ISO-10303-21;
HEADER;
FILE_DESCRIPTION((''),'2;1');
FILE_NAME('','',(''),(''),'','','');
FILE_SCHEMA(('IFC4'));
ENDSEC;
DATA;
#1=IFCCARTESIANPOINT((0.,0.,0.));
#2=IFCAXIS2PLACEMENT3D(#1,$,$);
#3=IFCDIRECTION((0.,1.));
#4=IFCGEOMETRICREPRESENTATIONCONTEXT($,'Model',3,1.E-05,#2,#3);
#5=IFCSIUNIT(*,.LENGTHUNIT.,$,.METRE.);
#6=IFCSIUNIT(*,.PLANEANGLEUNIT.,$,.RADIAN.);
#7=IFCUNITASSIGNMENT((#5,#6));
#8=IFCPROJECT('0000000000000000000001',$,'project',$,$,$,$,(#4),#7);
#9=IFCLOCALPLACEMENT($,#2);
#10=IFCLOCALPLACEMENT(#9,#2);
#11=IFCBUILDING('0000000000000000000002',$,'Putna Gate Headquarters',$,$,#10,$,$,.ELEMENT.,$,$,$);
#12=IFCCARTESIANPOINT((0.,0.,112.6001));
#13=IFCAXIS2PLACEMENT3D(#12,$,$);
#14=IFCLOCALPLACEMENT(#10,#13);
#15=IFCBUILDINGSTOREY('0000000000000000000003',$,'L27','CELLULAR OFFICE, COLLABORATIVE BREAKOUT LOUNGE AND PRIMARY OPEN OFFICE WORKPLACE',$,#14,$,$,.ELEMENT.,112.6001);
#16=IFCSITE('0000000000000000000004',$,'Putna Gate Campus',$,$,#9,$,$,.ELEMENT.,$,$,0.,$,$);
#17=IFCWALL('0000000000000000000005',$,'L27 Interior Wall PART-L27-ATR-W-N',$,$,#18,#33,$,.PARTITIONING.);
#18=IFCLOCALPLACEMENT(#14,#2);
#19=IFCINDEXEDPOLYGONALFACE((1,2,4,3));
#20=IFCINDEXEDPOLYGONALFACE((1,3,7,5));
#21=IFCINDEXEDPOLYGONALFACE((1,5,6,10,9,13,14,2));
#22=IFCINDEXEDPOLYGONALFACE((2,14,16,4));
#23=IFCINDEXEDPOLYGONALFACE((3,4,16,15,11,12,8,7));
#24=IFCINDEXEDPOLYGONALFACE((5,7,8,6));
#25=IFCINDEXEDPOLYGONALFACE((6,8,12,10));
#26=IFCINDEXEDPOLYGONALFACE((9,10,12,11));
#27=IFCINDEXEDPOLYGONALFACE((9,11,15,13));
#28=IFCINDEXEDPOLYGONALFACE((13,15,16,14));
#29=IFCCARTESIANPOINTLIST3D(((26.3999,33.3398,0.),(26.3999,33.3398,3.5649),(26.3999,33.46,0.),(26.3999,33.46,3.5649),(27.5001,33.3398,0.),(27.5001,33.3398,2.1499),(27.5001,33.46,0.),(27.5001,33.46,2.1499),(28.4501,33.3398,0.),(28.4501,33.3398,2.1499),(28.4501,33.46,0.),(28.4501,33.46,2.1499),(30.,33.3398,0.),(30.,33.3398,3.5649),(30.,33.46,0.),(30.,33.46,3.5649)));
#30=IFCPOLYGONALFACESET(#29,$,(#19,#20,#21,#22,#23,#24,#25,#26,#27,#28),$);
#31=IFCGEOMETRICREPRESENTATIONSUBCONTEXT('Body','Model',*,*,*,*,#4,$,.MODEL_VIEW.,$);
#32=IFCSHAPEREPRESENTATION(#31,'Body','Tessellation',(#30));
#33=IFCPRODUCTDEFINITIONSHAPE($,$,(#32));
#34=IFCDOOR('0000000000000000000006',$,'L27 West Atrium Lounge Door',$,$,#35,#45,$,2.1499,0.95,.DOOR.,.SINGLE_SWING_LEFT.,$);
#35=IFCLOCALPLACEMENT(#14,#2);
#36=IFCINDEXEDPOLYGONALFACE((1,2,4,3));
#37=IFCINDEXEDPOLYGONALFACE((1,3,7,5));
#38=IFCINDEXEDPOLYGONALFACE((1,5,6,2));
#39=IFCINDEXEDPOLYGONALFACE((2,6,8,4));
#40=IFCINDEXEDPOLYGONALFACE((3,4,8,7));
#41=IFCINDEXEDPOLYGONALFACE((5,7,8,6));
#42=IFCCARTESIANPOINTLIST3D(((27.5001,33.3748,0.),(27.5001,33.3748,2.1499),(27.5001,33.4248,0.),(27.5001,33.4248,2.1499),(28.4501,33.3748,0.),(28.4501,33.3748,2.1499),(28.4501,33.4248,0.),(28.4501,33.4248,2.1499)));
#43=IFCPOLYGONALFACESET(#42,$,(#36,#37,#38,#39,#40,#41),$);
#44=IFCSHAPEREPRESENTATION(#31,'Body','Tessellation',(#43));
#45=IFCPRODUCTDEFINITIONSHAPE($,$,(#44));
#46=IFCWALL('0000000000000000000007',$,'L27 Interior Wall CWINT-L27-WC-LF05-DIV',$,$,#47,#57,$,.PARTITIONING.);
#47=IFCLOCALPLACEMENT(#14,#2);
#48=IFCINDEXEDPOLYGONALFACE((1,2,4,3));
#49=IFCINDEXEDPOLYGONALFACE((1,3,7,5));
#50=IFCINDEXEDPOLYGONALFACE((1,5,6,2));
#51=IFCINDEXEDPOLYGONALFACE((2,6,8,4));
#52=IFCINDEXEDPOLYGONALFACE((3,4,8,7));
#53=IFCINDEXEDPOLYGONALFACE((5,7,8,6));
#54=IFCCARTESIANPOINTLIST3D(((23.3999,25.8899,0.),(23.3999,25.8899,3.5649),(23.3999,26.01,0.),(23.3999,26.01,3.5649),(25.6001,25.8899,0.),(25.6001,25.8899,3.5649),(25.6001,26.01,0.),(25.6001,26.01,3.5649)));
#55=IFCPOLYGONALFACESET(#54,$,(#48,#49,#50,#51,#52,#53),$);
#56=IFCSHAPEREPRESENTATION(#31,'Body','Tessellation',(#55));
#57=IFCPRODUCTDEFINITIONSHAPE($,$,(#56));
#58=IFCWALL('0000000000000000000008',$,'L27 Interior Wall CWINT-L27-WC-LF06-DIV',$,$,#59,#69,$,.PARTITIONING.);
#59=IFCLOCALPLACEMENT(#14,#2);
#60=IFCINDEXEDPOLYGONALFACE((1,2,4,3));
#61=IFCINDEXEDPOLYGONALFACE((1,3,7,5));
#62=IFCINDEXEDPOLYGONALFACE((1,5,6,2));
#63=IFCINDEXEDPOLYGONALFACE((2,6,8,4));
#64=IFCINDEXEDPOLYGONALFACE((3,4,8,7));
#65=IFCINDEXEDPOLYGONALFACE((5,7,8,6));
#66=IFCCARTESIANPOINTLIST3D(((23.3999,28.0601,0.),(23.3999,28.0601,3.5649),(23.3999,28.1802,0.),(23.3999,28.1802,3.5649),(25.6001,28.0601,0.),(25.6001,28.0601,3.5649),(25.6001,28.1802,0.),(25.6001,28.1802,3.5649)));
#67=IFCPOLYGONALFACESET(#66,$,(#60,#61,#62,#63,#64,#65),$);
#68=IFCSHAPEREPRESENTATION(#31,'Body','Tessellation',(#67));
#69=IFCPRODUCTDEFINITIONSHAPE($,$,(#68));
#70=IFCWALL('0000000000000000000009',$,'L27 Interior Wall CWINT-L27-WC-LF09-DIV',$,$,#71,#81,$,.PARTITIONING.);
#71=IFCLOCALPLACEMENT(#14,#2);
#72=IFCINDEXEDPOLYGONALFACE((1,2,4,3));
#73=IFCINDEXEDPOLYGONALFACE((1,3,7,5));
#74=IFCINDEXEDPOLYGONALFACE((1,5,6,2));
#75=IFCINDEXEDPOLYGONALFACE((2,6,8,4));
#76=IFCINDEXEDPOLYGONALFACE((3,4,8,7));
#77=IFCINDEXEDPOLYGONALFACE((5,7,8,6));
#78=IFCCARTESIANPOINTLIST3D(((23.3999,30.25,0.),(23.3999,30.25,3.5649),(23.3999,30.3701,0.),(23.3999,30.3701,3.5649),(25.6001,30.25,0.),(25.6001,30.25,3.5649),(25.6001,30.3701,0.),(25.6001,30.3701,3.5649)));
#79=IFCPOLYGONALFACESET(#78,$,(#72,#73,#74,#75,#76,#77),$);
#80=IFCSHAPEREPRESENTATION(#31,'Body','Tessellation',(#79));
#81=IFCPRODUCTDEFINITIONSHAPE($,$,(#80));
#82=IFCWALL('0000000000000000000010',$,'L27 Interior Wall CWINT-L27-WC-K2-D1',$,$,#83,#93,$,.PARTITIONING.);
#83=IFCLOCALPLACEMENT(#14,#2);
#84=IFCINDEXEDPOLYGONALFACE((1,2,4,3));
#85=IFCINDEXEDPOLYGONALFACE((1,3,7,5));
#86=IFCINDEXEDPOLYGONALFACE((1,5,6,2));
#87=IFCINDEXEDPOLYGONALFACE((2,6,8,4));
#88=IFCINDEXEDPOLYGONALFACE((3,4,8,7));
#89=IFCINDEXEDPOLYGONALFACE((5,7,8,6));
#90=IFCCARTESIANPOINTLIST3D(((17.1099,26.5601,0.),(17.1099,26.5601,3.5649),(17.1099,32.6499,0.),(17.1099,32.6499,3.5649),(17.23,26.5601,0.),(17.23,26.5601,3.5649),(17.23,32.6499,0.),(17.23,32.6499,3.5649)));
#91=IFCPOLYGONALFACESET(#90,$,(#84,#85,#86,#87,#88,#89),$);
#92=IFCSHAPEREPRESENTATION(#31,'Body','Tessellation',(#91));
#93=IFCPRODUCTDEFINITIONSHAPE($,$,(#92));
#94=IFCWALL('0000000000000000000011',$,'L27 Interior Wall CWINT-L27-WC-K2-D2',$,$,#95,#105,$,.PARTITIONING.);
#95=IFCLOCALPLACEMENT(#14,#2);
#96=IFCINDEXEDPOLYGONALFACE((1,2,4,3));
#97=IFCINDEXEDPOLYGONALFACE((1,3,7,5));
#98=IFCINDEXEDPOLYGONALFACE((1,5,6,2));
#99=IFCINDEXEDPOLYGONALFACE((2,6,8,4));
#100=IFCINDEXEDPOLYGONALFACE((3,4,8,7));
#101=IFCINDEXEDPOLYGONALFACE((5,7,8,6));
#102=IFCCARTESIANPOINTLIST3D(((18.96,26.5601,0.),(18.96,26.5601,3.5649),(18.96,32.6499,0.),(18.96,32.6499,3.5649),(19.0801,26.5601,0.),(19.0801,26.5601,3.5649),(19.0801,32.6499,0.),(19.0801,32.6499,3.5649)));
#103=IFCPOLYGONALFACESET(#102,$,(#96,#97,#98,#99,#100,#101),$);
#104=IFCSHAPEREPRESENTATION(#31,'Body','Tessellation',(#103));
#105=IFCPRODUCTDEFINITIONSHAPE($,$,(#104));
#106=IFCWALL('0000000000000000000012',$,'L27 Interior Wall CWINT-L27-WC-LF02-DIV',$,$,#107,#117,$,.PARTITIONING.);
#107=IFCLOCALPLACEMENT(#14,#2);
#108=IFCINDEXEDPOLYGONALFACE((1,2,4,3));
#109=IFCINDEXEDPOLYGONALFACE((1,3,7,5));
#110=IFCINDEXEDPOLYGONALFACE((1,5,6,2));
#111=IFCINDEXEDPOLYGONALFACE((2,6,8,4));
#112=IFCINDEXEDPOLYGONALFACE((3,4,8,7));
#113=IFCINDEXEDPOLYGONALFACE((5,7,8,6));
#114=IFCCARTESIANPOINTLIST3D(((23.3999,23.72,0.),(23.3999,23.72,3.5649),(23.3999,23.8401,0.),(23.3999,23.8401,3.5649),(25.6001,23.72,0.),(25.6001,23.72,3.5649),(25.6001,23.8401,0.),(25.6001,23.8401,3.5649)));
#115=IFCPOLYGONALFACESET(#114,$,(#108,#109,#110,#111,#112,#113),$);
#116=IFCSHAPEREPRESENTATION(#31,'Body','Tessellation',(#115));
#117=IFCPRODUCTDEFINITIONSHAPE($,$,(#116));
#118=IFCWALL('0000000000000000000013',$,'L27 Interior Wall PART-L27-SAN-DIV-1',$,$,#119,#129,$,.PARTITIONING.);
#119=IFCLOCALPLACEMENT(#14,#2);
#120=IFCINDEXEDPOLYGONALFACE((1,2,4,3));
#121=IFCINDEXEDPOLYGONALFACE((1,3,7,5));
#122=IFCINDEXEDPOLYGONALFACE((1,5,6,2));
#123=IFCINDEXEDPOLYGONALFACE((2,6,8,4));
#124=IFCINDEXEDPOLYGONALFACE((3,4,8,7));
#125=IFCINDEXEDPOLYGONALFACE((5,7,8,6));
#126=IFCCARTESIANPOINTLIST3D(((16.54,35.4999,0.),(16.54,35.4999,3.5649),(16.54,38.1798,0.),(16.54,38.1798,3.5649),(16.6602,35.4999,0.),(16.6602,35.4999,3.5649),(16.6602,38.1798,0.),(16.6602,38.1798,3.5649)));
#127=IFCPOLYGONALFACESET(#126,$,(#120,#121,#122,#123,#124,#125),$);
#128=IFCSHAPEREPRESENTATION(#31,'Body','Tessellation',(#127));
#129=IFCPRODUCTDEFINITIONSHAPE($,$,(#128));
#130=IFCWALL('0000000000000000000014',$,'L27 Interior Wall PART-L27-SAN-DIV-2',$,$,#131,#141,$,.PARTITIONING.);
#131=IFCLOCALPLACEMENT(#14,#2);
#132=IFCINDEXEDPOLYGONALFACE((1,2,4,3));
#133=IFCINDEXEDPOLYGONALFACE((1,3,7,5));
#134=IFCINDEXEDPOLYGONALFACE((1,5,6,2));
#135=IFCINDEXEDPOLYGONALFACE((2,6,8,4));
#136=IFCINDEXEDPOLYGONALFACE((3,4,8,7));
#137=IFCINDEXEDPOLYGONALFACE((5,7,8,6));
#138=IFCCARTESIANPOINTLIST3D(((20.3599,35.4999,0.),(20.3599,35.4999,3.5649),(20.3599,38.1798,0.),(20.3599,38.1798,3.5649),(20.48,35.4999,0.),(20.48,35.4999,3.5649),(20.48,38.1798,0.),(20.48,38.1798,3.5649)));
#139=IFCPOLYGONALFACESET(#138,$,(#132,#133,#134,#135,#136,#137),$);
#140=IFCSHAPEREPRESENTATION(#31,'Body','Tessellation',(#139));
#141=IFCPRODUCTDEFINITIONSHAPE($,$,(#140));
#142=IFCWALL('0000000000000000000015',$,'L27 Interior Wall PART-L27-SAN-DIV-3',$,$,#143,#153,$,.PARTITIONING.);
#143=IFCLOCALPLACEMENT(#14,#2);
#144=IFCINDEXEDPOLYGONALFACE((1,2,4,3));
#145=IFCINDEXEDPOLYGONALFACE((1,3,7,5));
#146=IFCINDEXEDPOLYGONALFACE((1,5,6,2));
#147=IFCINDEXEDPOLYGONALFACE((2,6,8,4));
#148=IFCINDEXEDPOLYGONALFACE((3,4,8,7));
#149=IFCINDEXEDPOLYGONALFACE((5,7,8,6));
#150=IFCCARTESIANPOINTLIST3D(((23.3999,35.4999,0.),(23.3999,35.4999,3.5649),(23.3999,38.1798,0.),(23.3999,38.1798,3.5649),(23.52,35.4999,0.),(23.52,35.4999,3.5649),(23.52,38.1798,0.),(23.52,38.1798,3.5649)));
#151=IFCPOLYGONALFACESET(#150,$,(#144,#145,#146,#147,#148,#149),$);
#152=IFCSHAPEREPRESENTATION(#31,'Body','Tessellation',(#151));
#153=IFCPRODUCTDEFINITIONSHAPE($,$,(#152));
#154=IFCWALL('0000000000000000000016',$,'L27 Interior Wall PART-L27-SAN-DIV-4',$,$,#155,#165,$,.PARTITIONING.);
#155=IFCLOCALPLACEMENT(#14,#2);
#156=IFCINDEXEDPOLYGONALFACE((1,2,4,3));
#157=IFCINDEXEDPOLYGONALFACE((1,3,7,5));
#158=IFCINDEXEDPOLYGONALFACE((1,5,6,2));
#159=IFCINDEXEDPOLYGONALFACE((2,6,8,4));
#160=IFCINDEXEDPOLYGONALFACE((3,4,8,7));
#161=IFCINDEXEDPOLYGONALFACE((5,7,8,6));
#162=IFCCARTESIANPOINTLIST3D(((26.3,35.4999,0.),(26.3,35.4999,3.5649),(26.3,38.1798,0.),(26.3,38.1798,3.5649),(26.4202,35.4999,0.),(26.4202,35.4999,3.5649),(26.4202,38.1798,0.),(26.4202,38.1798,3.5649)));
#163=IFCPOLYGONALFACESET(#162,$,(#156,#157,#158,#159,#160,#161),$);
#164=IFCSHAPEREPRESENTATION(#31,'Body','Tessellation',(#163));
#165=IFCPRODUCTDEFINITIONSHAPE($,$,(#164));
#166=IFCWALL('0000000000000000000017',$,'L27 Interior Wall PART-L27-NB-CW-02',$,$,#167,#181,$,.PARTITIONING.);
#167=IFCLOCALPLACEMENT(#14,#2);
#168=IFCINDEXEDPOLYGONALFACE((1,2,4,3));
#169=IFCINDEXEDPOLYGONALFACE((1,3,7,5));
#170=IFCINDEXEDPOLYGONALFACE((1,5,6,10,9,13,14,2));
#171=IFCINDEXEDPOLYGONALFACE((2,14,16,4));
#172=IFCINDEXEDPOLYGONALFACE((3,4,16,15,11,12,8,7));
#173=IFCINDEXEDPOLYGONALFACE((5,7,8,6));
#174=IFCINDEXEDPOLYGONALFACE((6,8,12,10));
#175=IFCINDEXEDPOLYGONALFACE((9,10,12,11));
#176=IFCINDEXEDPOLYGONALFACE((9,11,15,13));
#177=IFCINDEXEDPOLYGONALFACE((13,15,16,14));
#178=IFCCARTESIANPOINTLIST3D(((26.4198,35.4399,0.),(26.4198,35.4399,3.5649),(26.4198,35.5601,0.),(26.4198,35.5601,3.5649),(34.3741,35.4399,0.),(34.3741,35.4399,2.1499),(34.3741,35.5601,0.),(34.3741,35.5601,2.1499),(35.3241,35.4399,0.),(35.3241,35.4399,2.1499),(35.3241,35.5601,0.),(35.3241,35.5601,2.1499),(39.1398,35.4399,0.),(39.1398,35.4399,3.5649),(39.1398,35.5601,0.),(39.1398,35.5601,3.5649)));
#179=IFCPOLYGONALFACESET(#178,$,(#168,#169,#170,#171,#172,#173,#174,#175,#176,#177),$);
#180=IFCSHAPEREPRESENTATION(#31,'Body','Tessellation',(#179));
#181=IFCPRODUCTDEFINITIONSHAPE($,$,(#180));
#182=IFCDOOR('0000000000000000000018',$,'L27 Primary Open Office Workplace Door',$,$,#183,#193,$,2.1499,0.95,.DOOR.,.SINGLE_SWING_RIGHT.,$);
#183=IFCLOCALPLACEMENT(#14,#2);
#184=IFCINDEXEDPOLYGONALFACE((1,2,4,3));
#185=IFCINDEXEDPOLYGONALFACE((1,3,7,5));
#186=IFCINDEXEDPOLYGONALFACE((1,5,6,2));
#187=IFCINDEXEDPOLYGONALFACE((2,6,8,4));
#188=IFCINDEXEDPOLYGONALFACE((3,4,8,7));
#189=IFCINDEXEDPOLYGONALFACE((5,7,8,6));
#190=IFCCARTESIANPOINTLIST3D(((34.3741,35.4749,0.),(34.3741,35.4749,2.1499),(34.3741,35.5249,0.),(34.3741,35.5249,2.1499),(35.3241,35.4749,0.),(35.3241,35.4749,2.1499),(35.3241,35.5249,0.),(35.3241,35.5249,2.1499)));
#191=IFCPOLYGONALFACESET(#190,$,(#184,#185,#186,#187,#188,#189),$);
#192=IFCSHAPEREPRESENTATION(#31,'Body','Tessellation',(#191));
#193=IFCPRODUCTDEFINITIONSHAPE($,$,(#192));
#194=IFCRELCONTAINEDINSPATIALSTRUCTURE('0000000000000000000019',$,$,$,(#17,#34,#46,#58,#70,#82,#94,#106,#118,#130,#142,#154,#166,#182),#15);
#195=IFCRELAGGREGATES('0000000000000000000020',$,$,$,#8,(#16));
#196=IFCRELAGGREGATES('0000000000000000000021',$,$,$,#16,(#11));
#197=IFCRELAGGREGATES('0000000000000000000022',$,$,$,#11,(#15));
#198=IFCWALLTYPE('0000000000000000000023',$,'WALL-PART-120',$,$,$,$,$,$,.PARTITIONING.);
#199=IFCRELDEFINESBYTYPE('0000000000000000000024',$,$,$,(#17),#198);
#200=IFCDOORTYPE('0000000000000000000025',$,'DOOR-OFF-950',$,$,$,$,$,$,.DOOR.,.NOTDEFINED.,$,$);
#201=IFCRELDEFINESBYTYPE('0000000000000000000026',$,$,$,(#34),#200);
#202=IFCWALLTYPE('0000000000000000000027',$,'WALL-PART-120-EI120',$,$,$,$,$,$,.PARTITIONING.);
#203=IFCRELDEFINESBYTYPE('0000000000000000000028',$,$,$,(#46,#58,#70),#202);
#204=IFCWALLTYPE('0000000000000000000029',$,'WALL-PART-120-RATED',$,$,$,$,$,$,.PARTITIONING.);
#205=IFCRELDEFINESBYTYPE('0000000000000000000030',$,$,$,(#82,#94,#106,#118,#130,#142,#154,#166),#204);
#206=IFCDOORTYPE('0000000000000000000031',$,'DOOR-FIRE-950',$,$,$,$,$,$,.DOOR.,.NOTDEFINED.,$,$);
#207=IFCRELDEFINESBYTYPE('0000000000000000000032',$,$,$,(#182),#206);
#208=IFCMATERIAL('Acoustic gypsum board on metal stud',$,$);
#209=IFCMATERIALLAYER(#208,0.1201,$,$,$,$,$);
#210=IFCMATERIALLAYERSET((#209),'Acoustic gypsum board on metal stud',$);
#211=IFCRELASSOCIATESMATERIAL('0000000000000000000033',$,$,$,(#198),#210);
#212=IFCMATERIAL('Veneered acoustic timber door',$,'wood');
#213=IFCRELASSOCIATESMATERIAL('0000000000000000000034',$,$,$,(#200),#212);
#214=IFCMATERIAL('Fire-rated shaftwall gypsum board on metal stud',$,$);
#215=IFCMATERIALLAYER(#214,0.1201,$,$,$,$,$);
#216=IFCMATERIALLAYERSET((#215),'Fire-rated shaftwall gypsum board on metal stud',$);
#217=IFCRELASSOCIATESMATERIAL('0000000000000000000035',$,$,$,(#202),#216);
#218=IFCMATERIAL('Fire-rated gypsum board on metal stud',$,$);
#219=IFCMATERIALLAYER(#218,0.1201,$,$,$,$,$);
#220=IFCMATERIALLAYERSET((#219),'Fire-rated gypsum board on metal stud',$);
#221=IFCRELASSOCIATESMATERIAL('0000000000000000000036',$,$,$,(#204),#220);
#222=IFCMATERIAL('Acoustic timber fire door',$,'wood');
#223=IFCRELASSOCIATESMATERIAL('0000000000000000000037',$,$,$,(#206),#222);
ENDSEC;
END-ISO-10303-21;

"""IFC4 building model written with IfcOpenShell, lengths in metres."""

from ifc_helpers import new_model, si_unit, direction, frame, frame_2d, origin, place, context, subcontext, project, spatial, rectangle, extrude, material, layer, layer_set, type_object, element, fill, save


model = new_model("IFC4")

# Units and contexts
model_context = context("Model", 3, precision=1e-05, world=origin(), true_north=direction((0.0, 1.0)))
body_context = subcontext(model_context, "Body", "Model", "MODEL_VIEW")
ifc_project = project(units=[si_unit("LENGTHUNIT", "METRE"), si_unit("PLANEANGLEUNIT", "RADIAN")], contexts=[model_context])

# Site, building, storey
site_placement = place(None, origin())
site = spatial("IfcSite", under=ifc_project, at=site_placement, Name="Putna Gate Campus", CompositionType="ELEMENT", RefElevation=0.0)
building_placement = place(site_placement, origin())
building = spatial("IfcBuilding", under=site, at=building_placement, Name="Putna Gate Headquarters", CompositionType="ELEMENT")
storey_placement = place(building_placement, frame((0.0, 0.0, 112.6001)))
storey = spatial("IfcBuildingStorey", under=building, at=storey_placement, Name="L27", Description="CELLULAR OFFICE, COLLABORATIVE BREAKOUT LOUNGE AND PRIMARY OPEN OFFICE WORKPLACE", CompositionType="ELEMENT", Elevation=112.6001)

# Wall, opening, door
ifc_material_1 = material(Name="Acoustic gypsum board on metal stud")
ifc_layer_1 = layer(ifc_material_1, 0.1201)
ifc_layer_set_1 = layer_set([ifc_layer_1], Name="Acoustic gypsum board on metal stud")
wall_type_1 = type_object("IfcWallType", Name="WALL-PART-120", PredefinedType="PARTITIONING", material=ifc_layer_set_1)
wall_1_placement = place(storey_placement, frame((26.3999, 33.3999, 0.0), z_axis=(0.0, 0.0, 1.0), x_axis=(1.0, 0.0, 0.0)))
wall_1 = element("IfcWall", 1, at=wall_1_placement, inside=storey, type_object=wall_type_1, Name="L27 Interior Wall PART-L27-ATR-W-N", PredefinedType="PARTITIONING", context=body_context, shape_type="SweptSolid", body=[
    extrude(rectangle(XDim=3.6001, YDim=0.1201, at=frame_2d((1.8, 0.0))), origin(), (0.0, 0.0, 1.0), 3.5649),
])
opening_1_placement = place(wall_1_placement, frame((1.1001, 0.0, 0.0)))
opening_1 = element("IfcOpeningElement", 2, at=opening_1_placement, cuts=wall_1, PredefinedType="OPENING", context=body_context, shape_type="SweptSolid", body=[
    extrude(rectangle(XDim=0.95, YDim=2.1499, at=frame_2d((0.4751, 1.075))), frame((0.0, 0.0701, 0.0), z_axis=(0.0, -1.0, 0.0), x_axis=(1.0, 0.0, 0.0)), (0.0, 0.0, 1.0), 0.1401),
])
ifc_material_2 = material(Name="Veneered acoustic timber door", Category="wood")
door_type_1 = type_object("IfcDoorType", Name="DOOR-OFF-950", OperationType="NOTDEFINED", PredefinedType="DOOR", material=ifc_material_2)
door_1_placement = place(opening_1_placement, origin())
door_1 = element("IfcDoor", 3, at=door_1_placement, inside=storey, type_object=door_type_1, Name="L27 West Atrium Lounge Door", OperationType="SINGLE_SWING_LEFT", OverallHeight=2.1499, OverallWidth=0.95, PredefinedType="DOOR", context=body_context, shape_type="SweptSolid", body=[
    extrude(rectangle(XDim=0.95, YDim=2.1499, at=frame_2d((0.4751, 1.075))), frame((0.0, 0.0249, 0.0), z_axis=(0.0, -1.0, 0.0), x_axis=(1.0, 0.0, 0.0)), (0.0, 0.0, 1.0), 0.05),
])
fill(opening_1, door_1)

# Walls
ifc_material_3 = material(Name="Fire-rated shaftwall gypsum board on metal stud")
ifc_layer_2 = layer(ifc_material_3, 0.1201)
ifc_layer_set_2 = layer_set([ifc_layer_2], Name="Fire-rated shaftwall gypsum board on metal stud")
wall_type_2 = type_object("IfcWallType", Name="WALL-PART-120-EI120", PredefinedType="PARTITIONING", material=ifc_layer_set_2)
for number, where, z_axis, x_axis, name in (
    (4, (23.3999, 25.95, 0.0), (0.0, 0.0, 1.0), (1.0, 0.0, 0.0), "L27 Interior Wall CWINT-L27-WC-LF05-DIV"),
    (5, (23.3999, 28.1201, 0.0), (0.0, 0.0, 1.0), (1.0, 0.0, 0.0), "L27 Interior Wall CWINT-L27-WC-LF06-DIV"),
    (6, (23.3999, 30.3101, 0.0), (0.0, 0.0, 1.0), (1.0, 0.0, 0.0), "L27 Interior Wall CWINT-L27-WC-LF09-DIV"),
):
    element("IfcWall", number, at=place(storey_placement, frame(where, z_axis=z_axis, x_axis=x_axis)), inside=storey, type_object=wall_type_2, Name=name, PredefinedType="PARTITIONING", context=body_context, shape_type="SweptSolid", body=[
        extrude(rectangle(XDim=2.2002, YDim=0.1201, at=frame_2d((1.1001, 0.0))), origin(), (0.0, 0.0, 1.0), 3.5649),
    ])
ifc_material_4 = material(Name="Fire-rated gypsum board on metal stud")
ifc_layer_3 = layer(ifc_material_4, 0.1201)
ifc_layer_set_3 = layer_set([ifc_layer_3], Name="Fire-rated gypsum board on metal stud")
wall_type_3 = type_object("IfcWallType", Name="WALL-PART-120-RATED", PredefinedType="PARTITIONING", material=ifc_layer_set_3)
for number, where, z_axis, x_axis, name in (
    (7, (17.1699, 26.5601, 0.0), (0.0, 0.0, 1.0), (0.0, 1.0, 0.0), "L27 Interior Wall CWINT-L27-WC-K2-D1"),
    (8, (19.02, 26.5601, 0.0), (0.0, 0.0, 1.0), (0.0, 1.0, 0.0), "L27 Interior Wall CWINT-L27-WC-K2-D2"),
):
    element("IfcWall", number, at=place(storey_placement, frame(where, z_axis=z_axis, x_axis=x_axis)), inside=storey, type_object=wall_type_3, Name=name, PredefinedType="PARTITIONING", context=body_context, shape_type="SweptSolid", body=[
        extrude(rectangle(XDim=6.0898, YDim=0.1201, at=frame_2d((3.0449, 0.0))), origin(), (0.0, 0.0, 1.0), 3.5649),
    ])
wall_2_placement = place(storey_placement, frame((23.3999, 23.78, 0.0), z_axis=(0.0, 0.0, 1.0), x_axis=(1.0, 0.0, 0.0)))
element("IfcWall", 9, at=wall_2_placement, inside=storey, type_object=wall_type_3, Name="L27 Interior Wall CWINT-L27-WC-LF02-DIV", PredefinedType="PARTITIONING", context=body_context, shape_type="SweptSolid", body=[
    extrude(rectangle(XDim=2.2002, YDim=0.1201, at=frame_2d((1.1001, 0.0))), origin(), (0.0, 0.0, 1.0), 3.5649),
])
for number, where, z_axis, x_axis, name in (
    (10, (16.6001, 35.5, 0.0), (0.0, 0.0, 1.0), (0.0, 1.0, 0.0), "L27 Interior Wall PART-L27-SAN-DIV-1"),
    (11, (20.4199, 35.5, 0.0), (0.0, 0.0, 1.0), (0.0, 1.0, 0.0), "L27 Interior Wall PART-L27-SAN-DIV-2"),
    (12, (23.46, 35.5, 0.0), (0.0, 0.0, 1.0), (0.0, 1.0, 0.0), "L27 Interior Wall PART-L27-SAN-DIV-3"),
    (13, (26.3601, 35.5, 0.0), (0.0, 0.0, 1.0), (0.0, 1.0, 0.0), "L27 Interior Wall PART-L27-SAN-DIV-4"),
):
    element("IfcWall", number, at=place(storey_placement, frame(where, z_axis=z_axis, x_axis=x_axis)), inside=storey, type_object=wall_type_3, Name=name, PredefinedType="PARTITIONING", context=body_context, shape_type="SweptSolid", body=[
        extrude(rectangle(XDim=2.6799, YDim=0.1201, at=frame_2d((1.3398, 0.0))), origin(), (0.0, 0.0, 1.0), 3.5649),
    ])

# Wall, opening, door
wall_3_placement = place(storey_placement, frame((26.4199, 35.5, 0.0), z_axis=(0.0, 0.0, 1.0), x_axis=(1.0, 0.0, 0.0)))
wall_3 = element("IfcWall", 14, at=wall_3_placement, inside=storey, type_object=wall_type_3, Name="L27 Interior Wall PART-L27-NB-CW-02", PredefinedType="PARTITIONING", context=body_context, shape_type="SweptSolid", body=[
    extrude(rectangle(XDim=12.72, YDim=0.1201, at=frame_2d((6.3599, 0.0))), origin(), (0.0, 0.0, 1.0), 3.5649),
])
opening_2_placement = place(wall_3_placement, frame((7.9541, 0.0, 0.0)))
opening_2 = element("IfcOpeningElement", 15, at=opening_2_placement, cuts=wall_3, PredefinedType="OPENING", context=body_context, shape_type="SweptSolid", body=[
    extrude(rectangle(XDim=0.95, YDim=2.1499, at=frame_2d((0.4751, 1.075))), frame((0.0, 0.0701, 0.0), z_axis=(0.0, -1.0, 0.0), x_axis=(1.0, 0.0, 0.0)), (0.0, 0.0, 1.0), 0.1401),
])
ifc_material_5 = material(Name="Acoustic timber fire door", Category="wood")
door_type_2 = type_object("IfcDoorType", Name="DOOR-FIRE-950", OperationType="NOTDEFINED", PredefinedType="DOOR", material=ifc_material_5)
door_2_placement = place(opening_2_placement, origin())
door_2 = element("IfcDoor", 16, at=door_2_placement, inside=storey, type_object=door_type_2, Name="L27 Primary Open Office Workplace Door", OperationType="SINGLE_SWING_RIGHT", OverallHeight=2.1499, OverallWidth=0.95, PredefinedType="DOOR", context=body_context, shape_type="SweptSolid", body=[
    extrude(rectangle(XDim=0.95, YDim=2.1499, at=frame_2d((0.4751, 1.075))), frame((0.0, 0.0249, 0.0), z_axis=(0.0, -1.0, 0.0), x_axis=(1.0, 0.0, 0.0)), (0.0, 0.0, 1.0), 0.05),
])
fill(opening_2, door_2)

save(model, "model.ifc")
